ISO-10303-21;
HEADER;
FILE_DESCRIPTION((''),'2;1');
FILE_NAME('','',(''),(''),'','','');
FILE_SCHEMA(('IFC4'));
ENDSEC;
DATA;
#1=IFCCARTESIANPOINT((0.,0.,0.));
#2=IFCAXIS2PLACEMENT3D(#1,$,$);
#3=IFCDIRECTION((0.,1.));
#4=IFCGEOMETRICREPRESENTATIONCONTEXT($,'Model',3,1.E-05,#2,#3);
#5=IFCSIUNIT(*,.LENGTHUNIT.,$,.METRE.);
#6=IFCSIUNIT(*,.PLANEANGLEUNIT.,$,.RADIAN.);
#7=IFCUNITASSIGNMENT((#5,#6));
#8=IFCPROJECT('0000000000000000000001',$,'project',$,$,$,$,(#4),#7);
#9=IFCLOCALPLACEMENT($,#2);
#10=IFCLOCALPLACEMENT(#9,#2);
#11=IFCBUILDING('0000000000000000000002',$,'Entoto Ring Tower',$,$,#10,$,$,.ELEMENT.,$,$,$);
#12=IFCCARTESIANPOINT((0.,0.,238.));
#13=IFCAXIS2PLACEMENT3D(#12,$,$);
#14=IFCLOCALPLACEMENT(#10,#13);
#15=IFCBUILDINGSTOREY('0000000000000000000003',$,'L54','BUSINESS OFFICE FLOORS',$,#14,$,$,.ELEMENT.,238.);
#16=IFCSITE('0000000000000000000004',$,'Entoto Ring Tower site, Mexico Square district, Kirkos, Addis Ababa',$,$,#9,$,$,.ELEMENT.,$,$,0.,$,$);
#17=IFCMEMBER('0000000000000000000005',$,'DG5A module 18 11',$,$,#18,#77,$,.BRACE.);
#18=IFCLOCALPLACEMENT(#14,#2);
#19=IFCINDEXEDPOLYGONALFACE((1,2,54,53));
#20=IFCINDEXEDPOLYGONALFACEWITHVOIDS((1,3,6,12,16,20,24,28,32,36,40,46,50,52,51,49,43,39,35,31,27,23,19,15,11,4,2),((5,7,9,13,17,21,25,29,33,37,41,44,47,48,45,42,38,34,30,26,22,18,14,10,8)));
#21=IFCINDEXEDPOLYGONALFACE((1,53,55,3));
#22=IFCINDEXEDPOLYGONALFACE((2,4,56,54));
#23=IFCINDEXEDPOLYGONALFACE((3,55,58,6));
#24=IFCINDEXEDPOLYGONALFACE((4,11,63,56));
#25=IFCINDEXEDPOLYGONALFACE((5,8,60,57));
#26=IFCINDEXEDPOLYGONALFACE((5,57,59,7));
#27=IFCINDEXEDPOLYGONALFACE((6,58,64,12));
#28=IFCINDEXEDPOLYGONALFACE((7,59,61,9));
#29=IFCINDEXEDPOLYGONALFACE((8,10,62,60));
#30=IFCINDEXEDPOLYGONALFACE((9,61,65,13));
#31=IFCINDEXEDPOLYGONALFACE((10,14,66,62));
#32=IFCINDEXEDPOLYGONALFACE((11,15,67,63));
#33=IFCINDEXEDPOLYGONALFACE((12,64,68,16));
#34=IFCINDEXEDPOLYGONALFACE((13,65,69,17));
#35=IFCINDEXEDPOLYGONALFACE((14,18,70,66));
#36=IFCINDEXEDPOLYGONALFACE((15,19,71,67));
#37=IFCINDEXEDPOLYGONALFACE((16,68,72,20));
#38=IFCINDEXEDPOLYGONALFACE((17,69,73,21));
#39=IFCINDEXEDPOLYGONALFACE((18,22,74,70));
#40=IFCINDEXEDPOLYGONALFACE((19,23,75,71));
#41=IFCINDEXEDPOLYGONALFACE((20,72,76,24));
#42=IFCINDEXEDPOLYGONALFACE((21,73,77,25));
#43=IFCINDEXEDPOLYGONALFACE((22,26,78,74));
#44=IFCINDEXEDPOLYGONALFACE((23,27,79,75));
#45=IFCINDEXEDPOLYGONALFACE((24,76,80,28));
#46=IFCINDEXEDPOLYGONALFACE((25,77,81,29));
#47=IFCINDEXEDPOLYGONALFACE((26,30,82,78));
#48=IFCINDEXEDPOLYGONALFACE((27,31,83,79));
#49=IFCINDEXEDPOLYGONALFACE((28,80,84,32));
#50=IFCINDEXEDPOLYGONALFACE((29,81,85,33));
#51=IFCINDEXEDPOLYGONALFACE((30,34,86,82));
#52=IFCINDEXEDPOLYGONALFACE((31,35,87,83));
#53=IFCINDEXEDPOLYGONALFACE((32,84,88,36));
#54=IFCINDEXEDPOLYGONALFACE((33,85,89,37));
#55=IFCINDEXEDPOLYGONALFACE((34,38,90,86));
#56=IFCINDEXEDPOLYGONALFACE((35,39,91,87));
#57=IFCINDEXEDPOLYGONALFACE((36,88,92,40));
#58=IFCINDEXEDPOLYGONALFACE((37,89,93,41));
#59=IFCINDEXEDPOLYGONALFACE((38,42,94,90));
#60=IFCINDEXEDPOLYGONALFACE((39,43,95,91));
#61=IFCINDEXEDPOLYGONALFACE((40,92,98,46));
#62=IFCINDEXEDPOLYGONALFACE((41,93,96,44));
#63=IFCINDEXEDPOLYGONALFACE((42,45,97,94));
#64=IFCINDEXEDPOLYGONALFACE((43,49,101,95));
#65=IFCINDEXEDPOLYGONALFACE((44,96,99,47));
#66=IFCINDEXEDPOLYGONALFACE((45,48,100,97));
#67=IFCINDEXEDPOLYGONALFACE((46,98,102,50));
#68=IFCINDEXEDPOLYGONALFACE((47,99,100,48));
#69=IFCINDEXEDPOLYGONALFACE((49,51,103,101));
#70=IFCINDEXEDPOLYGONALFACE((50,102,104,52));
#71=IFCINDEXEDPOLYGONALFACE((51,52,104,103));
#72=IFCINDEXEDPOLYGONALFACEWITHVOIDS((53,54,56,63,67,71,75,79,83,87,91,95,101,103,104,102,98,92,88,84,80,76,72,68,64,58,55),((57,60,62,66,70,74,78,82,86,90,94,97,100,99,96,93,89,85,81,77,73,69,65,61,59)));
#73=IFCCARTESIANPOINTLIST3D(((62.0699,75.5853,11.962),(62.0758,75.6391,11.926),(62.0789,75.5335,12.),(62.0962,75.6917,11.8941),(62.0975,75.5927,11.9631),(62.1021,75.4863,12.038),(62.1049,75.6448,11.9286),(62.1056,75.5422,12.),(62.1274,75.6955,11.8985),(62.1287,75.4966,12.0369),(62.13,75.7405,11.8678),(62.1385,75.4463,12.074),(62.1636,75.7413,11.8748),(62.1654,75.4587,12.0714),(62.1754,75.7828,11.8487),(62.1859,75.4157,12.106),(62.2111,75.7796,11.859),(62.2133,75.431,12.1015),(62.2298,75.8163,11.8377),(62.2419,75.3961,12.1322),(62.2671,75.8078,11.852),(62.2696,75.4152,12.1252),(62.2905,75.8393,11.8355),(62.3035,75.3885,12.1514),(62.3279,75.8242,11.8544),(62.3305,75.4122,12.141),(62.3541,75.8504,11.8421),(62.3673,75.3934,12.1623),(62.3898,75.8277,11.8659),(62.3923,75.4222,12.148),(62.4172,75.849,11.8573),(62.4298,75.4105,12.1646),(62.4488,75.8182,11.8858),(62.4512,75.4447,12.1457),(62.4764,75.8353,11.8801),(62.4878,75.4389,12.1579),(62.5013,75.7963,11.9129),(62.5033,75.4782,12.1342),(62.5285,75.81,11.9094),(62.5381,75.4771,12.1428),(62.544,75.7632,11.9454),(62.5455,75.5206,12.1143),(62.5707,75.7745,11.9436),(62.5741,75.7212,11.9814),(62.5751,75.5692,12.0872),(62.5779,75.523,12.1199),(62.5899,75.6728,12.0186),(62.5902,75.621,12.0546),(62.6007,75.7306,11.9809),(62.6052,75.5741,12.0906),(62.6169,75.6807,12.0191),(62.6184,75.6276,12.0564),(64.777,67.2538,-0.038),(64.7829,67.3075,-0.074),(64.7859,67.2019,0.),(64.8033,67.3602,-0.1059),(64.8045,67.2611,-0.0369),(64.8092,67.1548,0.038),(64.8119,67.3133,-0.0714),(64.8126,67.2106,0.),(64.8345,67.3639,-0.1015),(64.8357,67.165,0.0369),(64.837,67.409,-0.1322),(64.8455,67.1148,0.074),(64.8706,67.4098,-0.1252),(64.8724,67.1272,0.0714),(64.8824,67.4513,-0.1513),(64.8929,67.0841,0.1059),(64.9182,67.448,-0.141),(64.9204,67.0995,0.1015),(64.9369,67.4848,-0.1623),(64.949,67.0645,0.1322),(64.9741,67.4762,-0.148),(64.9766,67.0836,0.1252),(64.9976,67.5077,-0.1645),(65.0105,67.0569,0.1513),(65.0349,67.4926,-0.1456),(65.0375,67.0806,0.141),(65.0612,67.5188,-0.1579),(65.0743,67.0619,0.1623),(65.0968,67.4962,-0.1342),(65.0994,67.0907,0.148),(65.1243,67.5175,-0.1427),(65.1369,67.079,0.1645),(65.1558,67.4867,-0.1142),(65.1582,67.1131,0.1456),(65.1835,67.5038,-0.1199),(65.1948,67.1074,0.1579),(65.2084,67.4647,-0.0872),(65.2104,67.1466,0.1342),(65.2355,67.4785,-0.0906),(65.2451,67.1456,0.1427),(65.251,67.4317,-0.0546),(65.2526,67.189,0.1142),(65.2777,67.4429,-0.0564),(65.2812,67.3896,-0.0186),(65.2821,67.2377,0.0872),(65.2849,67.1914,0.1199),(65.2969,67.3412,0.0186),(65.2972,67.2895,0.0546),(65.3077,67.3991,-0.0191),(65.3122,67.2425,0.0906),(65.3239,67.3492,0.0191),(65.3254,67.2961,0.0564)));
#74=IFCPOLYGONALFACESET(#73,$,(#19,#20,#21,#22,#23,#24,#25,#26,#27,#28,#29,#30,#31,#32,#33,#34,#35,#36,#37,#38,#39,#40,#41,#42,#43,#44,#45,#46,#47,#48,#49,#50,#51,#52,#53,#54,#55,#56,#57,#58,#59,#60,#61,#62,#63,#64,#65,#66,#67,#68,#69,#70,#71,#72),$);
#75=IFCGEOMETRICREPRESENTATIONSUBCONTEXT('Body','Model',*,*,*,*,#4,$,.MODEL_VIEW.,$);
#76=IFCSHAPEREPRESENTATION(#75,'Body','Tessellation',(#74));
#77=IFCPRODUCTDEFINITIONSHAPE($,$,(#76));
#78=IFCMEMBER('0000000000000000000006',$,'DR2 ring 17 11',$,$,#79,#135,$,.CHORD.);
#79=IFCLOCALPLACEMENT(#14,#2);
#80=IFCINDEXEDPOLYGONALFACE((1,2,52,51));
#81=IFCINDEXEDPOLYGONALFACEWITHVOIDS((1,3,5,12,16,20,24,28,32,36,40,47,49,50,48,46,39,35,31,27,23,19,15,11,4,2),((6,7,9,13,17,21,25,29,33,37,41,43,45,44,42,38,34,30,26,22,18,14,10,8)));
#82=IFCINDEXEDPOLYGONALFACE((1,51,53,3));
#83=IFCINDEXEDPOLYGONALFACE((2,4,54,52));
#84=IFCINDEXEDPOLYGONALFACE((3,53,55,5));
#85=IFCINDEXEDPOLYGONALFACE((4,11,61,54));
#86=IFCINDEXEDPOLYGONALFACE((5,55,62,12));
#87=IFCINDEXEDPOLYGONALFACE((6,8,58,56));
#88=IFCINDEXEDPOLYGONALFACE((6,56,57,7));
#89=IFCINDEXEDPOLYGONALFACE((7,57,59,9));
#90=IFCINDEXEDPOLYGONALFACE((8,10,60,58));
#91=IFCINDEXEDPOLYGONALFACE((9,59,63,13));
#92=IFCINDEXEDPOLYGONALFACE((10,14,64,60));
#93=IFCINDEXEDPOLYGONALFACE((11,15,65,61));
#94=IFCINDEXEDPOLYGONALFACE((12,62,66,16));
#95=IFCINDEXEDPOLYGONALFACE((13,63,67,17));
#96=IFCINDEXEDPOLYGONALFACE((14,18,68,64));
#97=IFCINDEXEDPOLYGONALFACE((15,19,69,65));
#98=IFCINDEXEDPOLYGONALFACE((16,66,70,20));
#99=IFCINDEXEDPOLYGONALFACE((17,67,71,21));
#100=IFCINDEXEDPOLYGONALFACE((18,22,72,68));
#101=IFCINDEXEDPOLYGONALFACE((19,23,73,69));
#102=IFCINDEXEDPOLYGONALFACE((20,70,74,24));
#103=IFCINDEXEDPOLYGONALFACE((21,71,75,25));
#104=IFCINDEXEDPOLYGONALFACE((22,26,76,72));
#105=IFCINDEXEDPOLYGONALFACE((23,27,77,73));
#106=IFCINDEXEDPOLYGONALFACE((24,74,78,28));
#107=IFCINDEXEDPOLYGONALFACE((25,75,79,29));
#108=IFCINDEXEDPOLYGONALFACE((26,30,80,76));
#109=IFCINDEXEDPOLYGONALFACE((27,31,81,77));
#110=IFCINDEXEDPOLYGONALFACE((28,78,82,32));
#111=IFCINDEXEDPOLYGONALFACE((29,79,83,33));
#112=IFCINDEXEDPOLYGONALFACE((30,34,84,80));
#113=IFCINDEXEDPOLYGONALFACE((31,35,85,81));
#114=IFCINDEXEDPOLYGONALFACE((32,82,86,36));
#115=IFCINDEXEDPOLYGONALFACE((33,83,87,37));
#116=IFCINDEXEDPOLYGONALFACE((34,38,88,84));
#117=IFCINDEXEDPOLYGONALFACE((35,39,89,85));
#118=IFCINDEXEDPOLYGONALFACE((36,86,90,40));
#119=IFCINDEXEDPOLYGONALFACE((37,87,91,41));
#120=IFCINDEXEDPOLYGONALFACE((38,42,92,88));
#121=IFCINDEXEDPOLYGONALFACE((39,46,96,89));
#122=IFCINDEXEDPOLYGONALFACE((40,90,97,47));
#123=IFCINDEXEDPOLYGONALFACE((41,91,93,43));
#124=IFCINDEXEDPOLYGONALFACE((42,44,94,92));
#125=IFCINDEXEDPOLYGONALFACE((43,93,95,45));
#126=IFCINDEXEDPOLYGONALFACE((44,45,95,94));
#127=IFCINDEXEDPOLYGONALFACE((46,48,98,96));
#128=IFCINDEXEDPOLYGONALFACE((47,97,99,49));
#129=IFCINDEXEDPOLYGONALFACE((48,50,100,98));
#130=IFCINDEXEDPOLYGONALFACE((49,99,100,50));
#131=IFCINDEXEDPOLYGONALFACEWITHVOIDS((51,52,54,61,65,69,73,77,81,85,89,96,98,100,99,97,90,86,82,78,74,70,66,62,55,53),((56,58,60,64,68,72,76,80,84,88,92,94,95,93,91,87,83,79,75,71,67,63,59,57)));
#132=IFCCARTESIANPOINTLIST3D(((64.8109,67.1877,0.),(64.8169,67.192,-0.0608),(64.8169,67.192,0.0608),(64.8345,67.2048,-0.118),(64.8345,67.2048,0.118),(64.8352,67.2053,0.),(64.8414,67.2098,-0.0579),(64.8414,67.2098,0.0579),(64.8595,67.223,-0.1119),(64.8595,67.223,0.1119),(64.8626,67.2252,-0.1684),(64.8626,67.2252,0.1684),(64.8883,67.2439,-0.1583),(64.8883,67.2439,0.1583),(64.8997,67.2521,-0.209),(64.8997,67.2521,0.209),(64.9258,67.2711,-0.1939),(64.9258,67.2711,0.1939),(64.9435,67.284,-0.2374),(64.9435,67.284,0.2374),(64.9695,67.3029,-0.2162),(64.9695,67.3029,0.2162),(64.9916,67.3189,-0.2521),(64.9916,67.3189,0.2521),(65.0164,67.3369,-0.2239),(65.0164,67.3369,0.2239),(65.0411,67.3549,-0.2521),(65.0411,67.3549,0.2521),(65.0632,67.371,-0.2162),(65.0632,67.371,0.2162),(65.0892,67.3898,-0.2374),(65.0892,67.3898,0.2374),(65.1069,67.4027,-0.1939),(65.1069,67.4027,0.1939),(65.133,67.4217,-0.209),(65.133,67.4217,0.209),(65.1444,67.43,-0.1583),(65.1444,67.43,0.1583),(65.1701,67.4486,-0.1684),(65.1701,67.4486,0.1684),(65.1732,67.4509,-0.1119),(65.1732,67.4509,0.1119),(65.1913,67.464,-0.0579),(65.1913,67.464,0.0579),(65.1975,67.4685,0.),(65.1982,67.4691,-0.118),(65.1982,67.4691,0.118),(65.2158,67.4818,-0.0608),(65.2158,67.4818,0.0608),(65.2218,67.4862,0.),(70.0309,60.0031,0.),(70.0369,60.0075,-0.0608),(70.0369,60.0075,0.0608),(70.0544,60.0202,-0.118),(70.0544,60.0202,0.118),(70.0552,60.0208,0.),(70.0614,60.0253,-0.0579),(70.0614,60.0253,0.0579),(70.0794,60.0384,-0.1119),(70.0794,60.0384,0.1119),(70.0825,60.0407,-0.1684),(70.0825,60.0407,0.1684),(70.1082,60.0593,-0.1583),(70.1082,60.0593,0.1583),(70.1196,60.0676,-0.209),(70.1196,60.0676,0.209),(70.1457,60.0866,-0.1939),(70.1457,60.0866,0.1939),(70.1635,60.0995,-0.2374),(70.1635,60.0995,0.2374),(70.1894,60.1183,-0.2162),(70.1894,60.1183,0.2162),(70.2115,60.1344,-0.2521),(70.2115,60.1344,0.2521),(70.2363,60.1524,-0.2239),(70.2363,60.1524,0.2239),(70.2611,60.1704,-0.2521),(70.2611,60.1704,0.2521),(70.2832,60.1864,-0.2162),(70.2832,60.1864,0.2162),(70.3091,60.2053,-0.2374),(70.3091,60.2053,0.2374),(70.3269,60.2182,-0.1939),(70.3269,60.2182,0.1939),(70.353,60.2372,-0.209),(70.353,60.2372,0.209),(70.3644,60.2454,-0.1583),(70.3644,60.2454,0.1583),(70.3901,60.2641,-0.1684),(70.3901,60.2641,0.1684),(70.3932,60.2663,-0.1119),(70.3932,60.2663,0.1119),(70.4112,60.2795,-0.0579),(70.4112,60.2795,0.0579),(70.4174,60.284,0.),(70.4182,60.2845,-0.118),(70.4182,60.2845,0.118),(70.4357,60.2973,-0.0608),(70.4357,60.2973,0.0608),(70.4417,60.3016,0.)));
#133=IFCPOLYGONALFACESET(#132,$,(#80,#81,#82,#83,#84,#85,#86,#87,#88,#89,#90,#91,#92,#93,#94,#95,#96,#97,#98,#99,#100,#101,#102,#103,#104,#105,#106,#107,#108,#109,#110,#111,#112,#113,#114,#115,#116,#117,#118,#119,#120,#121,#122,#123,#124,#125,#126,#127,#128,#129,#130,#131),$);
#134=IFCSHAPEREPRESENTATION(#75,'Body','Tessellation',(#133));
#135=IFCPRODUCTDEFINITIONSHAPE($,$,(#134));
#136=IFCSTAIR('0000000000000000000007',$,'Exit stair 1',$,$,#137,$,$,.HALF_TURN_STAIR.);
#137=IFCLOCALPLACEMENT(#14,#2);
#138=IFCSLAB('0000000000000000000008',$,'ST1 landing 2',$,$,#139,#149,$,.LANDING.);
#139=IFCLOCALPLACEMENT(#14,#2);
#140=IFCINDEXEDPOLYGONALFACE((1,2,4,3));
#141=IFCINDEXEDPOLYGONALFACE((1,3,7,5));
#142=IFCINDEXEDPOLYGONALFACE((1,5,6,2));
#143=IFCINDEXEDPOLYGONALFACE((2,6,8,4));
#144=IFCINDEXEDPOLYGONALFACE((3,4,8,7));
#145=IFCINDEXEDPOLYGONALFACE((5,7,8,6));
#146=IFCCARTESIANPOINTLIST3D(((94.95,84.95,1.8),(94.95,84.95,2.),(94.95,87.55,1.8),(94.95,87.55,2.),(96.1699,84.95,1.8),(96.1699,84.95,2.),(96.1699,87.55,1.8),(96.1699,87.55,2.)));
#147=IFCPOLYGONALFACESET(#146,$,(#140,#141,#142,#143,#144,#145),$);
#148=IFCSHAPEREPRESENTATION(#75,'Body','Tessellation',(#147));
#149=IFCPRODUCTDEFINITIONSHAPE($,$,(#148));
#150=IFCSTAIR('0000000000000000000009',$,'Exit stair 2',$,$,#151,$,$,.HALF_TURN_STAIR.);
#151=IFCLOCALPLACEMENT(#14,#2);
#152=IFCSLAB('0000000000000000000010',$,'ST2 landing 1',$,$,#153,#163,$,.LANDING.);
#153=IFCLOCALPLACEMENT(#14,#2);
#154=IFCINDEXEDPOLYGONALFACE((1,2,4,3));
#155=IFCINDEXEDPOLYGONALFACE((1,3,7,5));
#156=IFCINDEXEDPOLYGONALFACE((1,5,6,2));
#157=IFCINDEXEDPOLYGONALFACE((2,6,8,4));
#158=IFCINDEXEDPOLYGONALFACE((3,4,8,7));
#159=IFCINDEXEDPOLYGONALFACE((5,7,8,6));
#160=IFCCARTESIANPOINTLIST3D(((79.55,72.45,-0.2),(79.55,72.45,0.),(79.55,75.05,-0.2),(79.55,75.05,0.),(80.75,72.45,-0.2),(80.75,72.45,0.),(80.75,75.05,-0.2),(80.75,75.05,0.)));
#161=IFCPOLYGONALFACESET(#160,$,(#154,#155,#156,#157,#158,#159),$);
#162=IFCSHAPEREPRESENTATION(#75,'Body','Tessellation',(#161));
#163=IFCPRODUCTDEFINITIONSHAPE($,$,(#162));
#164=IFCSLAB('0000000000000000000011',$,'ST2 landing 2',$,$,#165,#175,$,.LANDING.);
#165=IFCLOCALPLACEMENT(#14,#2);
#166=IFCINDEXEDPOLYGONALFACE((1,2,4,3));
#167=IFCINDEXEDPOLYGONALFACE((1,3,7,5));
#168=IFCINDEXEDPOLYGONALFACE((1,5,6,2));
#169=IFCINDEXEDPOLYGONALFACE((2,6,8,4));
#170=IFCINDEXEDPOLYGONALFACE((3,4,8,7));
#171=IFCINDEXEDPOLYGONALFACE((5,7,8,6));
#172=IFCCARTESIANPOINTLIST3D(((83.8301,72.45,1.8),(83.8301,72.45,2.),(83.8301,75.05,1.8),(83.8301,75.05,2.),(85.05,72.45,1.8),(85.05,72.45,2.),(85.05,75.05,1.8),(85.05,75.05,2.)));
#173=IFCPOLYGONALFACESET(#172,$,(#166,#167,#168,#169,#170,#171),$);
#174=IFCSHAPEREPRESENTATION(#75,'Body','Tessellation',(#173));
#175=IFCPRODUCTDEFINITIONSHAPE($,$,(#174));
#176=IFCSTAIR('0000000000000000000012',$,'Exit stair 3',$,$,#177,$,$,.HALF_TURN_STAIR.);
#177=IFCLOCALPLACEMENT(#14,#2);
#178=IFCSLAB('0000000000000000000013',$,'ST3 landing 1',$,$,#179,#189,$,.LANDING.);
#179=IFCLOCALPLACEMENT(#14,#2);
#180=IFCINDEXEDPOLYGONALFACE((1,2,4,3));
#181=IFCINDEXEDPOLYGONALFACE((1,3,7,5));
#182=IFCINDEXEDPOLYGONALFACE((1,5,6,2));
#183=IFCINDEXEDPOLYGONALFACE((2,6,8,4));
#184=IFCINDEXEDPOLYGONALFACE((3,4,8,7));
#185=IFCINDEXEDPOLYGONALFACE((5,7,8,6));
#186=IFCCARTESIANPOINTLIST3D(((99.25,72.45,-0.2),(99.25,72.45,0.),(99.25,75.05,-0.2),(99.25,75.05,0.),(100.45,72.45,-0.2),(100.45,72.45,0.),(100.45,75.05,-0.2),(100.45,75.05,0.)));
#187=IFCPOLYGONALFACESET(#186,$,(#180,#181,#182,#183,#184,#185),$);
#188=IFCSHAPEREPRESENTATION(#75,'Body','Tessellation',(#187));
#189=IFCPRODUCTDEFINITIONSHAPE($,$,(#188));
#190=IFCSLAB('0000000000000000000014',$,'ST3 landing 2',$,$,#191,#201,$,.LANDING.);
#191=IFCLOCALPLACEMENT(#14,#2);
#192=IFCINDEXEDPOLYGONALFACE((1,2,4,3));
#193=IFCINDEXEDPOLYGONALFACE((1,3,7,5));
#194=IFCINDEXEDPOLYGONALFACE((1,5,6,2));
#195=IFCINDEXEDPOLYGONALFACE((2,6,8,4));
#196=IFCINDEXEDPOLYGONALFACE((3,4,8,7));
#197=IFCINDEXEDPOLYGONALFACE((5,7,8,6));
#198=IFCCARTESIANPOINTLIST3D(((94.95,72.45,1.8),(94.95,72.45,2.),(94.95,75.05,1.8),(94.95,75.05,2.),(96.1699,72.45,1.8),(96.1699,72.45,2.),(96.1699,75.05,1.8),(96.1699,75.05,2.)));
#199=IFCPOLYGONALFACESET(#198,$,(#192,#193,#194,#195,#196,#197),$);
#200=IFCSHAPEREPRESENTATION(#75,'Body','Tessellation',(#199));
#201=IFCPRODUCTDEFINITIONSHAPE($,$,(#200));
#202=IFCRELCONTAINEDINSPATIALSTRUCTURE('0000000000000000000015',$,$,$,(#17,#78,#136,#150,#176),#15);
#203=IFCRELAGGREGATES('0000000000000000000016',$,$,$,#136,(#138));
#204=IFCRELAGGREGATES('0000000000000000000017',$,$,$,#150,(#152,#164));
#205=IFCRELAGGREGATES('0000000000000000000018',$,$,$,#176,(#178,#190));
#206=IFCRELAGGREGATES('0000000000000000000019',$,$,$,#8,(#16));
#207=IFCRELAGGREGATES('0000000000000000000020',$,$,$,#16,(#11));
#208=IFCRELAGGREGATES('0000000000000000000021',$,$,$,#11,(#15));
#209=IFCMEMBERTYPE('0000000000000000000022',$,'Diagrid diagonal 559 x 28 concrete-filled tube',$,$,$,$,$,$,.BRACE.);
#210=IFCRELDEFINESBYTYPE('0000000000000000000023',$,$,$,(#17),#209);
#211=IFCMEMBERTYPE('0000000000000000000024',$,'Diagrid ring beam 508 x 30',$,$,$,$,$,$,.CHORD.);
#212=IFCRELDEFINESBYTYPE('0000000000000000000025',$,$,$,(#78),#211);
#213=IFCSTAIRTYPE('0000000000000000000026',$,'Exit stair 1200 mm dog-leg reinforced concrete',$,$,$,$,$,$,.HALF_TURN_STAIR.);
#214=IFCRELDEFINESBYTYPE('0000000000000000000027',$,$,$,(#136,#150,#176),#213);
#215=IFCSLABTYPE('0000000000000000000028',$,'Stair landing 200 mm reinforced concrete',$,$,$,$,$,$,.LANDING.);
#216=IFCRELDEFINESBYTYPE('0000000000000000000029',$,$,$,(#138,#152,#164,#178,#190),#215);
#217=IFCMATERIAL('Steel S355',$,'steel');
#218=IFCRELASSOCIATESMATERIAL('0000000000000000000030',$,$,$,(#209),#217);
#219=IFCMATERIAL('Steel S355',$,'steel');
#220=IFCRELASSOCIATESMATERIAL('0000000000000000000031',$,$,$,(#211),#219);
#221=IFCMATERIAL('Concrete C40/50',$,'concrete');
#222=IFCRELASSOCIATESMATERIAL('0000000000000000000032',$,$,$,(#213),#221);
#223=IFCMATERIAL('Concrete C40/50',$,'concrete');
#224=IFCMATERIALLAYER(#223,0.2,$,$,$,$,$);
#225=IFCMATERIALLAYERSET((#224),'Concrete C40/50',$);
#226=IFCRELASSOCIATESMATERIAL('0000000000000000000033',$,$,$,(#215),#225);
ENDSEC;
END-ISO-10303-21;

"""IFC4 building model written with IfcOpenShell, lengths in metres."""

from ifc_helpers import new_model, si_unit, direction, frame, origin, origin_2d, place, context, subcontext, project, spatial, polyline, circle, hollow_circle, outline, extrude, material, layer, layer_set, material_profile, profile_set, type_object, element, aggregate, save


model = new_model("IFC4")

# Units and contexts
model_context = context("Model", 3, precision=1e-05, world=origin(), true_north=direction((0.0, 1.0)))
body_context = subcontext(model_context, "Body", "Model", "MODEL_VIEW")
ifc_project = project(units=[si_unit("LENGTHUNIT", "METRE"), si_unit("PLANEANGLEUNIT", "RADIAN")], contexts=[model_context])

# Site, building, storey
site_placement = place(None, origin())
site = spatial("IfcSite", under=ifc_project, at=site_placement, Name="Entoto Ring Tower site, Mexico Square district, Kirkos, Addis Ababa", CompositionType="ELEMENT", RefElevation=0.0)
building_placement = place(site_placement, origin())
building = spatial("IfcBuilding", under=site, at=building_placement, Name="Entoto Ring Tower", CompositionType="ELEMENT")
storey_placement = place(building_placement, frame((0.0, 0.0, 238.0)))
storey = spatial("IfcBuildingStorey", under=building, at=storey_placement, Name="L54", Description="BUSINESS OFFICE FLOORS", CompositionType="ELEMENT", Elevation=238.0)

# Members
ifc_material_1 = material(Name="Steel S355", Category="steel")
ifc_material_profile_1 = material_profile(ifc_material_1, hollow_circle(Radius=0.2795, WallThickness=0.0281, at=origin_2d()), Name="CHS 559 x 28")
ifc_material_2 = material(Name="Concrete C60/75", Category="concrete")
ifc_material_profile_2 = material_profile(ifc_material_2, circle(Radius=0.2515, at=origin_2d()), Name="Concrete C60/75 infill")
ifc_profile_set_1 = profile_set([ifc_material_profile_1, ifc_material_profile_2], Name="Steel S355")
member_type_1 = type_object("IfcMemberType", Name="Diagrid diagonal 559 x 28 concrete-filled tube", PredefinedType="BRACE", material=ifc_profile_set_1)
member_1_placement = place(storey_placement, frame((65.0518, 67.2883, 0.0), z_axis=(-0.182201, 0.560767, 0.807678), x_axis=(-0.951058, -0.309012, 0.0)))
element("IfcMember", 1, at=member_1_placement, inside=storey, type_object=member_type_1, Name="DG5A module 18 11", PredefinedType="BRACE", context=body_context, shape_type="SweptSolid", body=[
    extrude(hollow_circle(Radius=0.2795, WallThickness=0.0281, at=origin_2d()), origin(), (0.0, 0.0, 1.0), 14.8574),
])
ifc_material_3 = material(Name="Steel S355", Category="steel")
ifc_material_profile_3 = material_profile(ifc_material_3, hollow_circle(Radius=0.2539, WallThickness=0.03, at=origin_2d()), Name="CHS 508 x 30")
ifc_material_4 = material(Name="Concrete C60/75", Category="concrete")
ifc_material_profile_4 = material_profile(ifc_material_4, circle(Radius=0.2241, at=origin_2d()), Name="Concrete C60/75 infill")
ifc_profile_set_2 = profile_set([ifc_material_profile_3, ifc_material_profile_4], Name="Steel S355")
member_type_2 = type_object("IfcMemberType", Name="Diagrid ring beam 508 x 30", PredefinedType="CHORD", material=ifc_profile_set_2)
member_2_placement = place(storey_placement, frame((65.0164, 67.3369, 0.0), z_axis=(0.587791, -0.809013, 0.0), x_axis=(0.809013, 0.587791, 0.0)))
element("IfcMember", 2, at=member_2_placement, inside=storey, type_object=member_type_2, Name="DR2 ring 17 11", PredefinedType="CHORD", context=body_context, shape_type="SweptSolid", body=[
    extrude(hollow_circle(Radius=0.2539, WallThickness=0.03, at=origin_2d()), origin(), (0.0, 0.0, 1.0), 8.8806),
])

# Stair, slab
ifc_material_5 = material(Name="Concrete C40/50", Category="concrete")
stair_type = type_object("IfcStairType", Name="Exit stair 1200 mm dog-leg reinforced concrete", PredefinedType="HALF_TURN_STAIR", material=ifc_material_5)
stair_1_placement = place(storey_placement, origin())
stair_1 = element("IfcStair", 3, at=stair_1_placement, inside=storey, type_object=stair_type, Name="Exit stair 1", PredefinedType="HALF_TURN_STAIR")
ifc_material_6 = material(Name="Concrete C40/50", Category="concrete")
ifc_layer_1 = layer(ifc_material_6, 0.2)
ifc_layer_set_1 = layer_set([ifc_layer_1], Name="Concrete C40/50")
slab_type_1 = type_object("IfcSlabType", Name="Stair landing 200 mm reinforced concrete", PredefinedType="LANDING", material=ifc_layer_set_1)
slab_1_placement = place(storey_placement, frame((0.0, 0.0, 1.8)))
slab_1 = element("IfcSlab", 4, at=slab_1_placement, type_object=slab_type_1, Name="ST1 landing 2", PredefinedType="LANDING", context=body_context, shape_type="SweptSolid", body=[
    extrude(outline(polyline([(94.95, 84.95), (96.1699, 84.95), (96.1699, 87.55), (94.95, 87.55), (94.95, 84.95)])), origin(), (0.0, 0.0, 1.0), 0.2),
])
aggregate(stair_1, [slab_1])

# Stairs, slabs
stair_2_placement = place(storey_placement, origin())
stair_2 = element("IfcStair", 5, at=stair_2_placement, inside=storey, type_object=stair_type, Name="Exit stair 2", PredefinedType="HALF_TURN_STAIR")
slab_2_placement = place(storey_placement, frame((0.0, 0.0, -0.2)))
slab_2 = element("IfcSlab", 6, at=slab_2_placement, type_object=slab_type_1, Name="ST2 landing 1", PredefinedType="LANDING", context=body_context, shape_type="SweptSolid", body=[
    extrude(outline(polyline([(80.75, 72.45), (80.75, 75.05), (79.55, 75.05), (79.55, 72.45), (80.75, 72.45)])), origin(), (0.0, 0.0, 1.0), 0.2),
])
slab_3_placement = place(storey_placement, frame((0.0, 0.0, 1.8)))
slab_3 = element("IfcSlab", 7, at=slab_3_placement, type_object=slab_type_1, Name="ST2 landing 2", PredefinedType="LANDING", context=body_context, shape_type="SweptSolid", body=[
    extrude(outline(polyline([(83.8301, 72.45), (85.05, 72.45), (85.05, 75.05), (83.8301, 75.05), (83.8301, 72.45)])), origin(), (0.0, 0.0, 1.0), 0.2),
])
aggregate(stair_2, [slab_2, slab_3])
stair_3_placement = place(storey_placement, origin())
stair_3 = element("IfcStair", 8, at=stair_3_placement, inside=storey, type_object=stair_type, Name="Exit stair 3", PredefinedType="HALF_TURN_STAIR")
slab_4_placement = place(storey_placement, frame((0.0, 0.0, -0.2)))
slab_4 = element("IfcSlab", 9, at=slab_4_placement, type_object=slab_type_1, Name="ST3 landing 1", PredefinedType="LANDING", context=body_context, shape_type="SweptSolid", body=[
    extrude(outline(polyline([(100.45, 72.45), (100.45, 75.05), (99.25, 75.05), (99.25, 72.45), (100.45, 72.45)])), origin(), (0.0, 0.0, 1.0), 0.2),
])
slab_5_placement = place(storey_placement, frame((0.0, 0.0, 1.8)))
slab_5 = element("IfcSlab", 10, at=slab_5_placement, type_object=slab_type_1, Name="ST3 landing 2", PredefinedType="LANDING", context=body_context, shape_type="SweptSolid", body=[
    extrude(outline(polyline([(94.95, 72.45), (96.1699, 72.45), (96.1699, 75.05), (94.95, 75.05), (94.95, 72.45)])), origin(), (0.0, 0.0, 1.0), 0.2),
])
aggregate(stair_3, [slab_4, slab_5])

save(model, "model.ifc")
